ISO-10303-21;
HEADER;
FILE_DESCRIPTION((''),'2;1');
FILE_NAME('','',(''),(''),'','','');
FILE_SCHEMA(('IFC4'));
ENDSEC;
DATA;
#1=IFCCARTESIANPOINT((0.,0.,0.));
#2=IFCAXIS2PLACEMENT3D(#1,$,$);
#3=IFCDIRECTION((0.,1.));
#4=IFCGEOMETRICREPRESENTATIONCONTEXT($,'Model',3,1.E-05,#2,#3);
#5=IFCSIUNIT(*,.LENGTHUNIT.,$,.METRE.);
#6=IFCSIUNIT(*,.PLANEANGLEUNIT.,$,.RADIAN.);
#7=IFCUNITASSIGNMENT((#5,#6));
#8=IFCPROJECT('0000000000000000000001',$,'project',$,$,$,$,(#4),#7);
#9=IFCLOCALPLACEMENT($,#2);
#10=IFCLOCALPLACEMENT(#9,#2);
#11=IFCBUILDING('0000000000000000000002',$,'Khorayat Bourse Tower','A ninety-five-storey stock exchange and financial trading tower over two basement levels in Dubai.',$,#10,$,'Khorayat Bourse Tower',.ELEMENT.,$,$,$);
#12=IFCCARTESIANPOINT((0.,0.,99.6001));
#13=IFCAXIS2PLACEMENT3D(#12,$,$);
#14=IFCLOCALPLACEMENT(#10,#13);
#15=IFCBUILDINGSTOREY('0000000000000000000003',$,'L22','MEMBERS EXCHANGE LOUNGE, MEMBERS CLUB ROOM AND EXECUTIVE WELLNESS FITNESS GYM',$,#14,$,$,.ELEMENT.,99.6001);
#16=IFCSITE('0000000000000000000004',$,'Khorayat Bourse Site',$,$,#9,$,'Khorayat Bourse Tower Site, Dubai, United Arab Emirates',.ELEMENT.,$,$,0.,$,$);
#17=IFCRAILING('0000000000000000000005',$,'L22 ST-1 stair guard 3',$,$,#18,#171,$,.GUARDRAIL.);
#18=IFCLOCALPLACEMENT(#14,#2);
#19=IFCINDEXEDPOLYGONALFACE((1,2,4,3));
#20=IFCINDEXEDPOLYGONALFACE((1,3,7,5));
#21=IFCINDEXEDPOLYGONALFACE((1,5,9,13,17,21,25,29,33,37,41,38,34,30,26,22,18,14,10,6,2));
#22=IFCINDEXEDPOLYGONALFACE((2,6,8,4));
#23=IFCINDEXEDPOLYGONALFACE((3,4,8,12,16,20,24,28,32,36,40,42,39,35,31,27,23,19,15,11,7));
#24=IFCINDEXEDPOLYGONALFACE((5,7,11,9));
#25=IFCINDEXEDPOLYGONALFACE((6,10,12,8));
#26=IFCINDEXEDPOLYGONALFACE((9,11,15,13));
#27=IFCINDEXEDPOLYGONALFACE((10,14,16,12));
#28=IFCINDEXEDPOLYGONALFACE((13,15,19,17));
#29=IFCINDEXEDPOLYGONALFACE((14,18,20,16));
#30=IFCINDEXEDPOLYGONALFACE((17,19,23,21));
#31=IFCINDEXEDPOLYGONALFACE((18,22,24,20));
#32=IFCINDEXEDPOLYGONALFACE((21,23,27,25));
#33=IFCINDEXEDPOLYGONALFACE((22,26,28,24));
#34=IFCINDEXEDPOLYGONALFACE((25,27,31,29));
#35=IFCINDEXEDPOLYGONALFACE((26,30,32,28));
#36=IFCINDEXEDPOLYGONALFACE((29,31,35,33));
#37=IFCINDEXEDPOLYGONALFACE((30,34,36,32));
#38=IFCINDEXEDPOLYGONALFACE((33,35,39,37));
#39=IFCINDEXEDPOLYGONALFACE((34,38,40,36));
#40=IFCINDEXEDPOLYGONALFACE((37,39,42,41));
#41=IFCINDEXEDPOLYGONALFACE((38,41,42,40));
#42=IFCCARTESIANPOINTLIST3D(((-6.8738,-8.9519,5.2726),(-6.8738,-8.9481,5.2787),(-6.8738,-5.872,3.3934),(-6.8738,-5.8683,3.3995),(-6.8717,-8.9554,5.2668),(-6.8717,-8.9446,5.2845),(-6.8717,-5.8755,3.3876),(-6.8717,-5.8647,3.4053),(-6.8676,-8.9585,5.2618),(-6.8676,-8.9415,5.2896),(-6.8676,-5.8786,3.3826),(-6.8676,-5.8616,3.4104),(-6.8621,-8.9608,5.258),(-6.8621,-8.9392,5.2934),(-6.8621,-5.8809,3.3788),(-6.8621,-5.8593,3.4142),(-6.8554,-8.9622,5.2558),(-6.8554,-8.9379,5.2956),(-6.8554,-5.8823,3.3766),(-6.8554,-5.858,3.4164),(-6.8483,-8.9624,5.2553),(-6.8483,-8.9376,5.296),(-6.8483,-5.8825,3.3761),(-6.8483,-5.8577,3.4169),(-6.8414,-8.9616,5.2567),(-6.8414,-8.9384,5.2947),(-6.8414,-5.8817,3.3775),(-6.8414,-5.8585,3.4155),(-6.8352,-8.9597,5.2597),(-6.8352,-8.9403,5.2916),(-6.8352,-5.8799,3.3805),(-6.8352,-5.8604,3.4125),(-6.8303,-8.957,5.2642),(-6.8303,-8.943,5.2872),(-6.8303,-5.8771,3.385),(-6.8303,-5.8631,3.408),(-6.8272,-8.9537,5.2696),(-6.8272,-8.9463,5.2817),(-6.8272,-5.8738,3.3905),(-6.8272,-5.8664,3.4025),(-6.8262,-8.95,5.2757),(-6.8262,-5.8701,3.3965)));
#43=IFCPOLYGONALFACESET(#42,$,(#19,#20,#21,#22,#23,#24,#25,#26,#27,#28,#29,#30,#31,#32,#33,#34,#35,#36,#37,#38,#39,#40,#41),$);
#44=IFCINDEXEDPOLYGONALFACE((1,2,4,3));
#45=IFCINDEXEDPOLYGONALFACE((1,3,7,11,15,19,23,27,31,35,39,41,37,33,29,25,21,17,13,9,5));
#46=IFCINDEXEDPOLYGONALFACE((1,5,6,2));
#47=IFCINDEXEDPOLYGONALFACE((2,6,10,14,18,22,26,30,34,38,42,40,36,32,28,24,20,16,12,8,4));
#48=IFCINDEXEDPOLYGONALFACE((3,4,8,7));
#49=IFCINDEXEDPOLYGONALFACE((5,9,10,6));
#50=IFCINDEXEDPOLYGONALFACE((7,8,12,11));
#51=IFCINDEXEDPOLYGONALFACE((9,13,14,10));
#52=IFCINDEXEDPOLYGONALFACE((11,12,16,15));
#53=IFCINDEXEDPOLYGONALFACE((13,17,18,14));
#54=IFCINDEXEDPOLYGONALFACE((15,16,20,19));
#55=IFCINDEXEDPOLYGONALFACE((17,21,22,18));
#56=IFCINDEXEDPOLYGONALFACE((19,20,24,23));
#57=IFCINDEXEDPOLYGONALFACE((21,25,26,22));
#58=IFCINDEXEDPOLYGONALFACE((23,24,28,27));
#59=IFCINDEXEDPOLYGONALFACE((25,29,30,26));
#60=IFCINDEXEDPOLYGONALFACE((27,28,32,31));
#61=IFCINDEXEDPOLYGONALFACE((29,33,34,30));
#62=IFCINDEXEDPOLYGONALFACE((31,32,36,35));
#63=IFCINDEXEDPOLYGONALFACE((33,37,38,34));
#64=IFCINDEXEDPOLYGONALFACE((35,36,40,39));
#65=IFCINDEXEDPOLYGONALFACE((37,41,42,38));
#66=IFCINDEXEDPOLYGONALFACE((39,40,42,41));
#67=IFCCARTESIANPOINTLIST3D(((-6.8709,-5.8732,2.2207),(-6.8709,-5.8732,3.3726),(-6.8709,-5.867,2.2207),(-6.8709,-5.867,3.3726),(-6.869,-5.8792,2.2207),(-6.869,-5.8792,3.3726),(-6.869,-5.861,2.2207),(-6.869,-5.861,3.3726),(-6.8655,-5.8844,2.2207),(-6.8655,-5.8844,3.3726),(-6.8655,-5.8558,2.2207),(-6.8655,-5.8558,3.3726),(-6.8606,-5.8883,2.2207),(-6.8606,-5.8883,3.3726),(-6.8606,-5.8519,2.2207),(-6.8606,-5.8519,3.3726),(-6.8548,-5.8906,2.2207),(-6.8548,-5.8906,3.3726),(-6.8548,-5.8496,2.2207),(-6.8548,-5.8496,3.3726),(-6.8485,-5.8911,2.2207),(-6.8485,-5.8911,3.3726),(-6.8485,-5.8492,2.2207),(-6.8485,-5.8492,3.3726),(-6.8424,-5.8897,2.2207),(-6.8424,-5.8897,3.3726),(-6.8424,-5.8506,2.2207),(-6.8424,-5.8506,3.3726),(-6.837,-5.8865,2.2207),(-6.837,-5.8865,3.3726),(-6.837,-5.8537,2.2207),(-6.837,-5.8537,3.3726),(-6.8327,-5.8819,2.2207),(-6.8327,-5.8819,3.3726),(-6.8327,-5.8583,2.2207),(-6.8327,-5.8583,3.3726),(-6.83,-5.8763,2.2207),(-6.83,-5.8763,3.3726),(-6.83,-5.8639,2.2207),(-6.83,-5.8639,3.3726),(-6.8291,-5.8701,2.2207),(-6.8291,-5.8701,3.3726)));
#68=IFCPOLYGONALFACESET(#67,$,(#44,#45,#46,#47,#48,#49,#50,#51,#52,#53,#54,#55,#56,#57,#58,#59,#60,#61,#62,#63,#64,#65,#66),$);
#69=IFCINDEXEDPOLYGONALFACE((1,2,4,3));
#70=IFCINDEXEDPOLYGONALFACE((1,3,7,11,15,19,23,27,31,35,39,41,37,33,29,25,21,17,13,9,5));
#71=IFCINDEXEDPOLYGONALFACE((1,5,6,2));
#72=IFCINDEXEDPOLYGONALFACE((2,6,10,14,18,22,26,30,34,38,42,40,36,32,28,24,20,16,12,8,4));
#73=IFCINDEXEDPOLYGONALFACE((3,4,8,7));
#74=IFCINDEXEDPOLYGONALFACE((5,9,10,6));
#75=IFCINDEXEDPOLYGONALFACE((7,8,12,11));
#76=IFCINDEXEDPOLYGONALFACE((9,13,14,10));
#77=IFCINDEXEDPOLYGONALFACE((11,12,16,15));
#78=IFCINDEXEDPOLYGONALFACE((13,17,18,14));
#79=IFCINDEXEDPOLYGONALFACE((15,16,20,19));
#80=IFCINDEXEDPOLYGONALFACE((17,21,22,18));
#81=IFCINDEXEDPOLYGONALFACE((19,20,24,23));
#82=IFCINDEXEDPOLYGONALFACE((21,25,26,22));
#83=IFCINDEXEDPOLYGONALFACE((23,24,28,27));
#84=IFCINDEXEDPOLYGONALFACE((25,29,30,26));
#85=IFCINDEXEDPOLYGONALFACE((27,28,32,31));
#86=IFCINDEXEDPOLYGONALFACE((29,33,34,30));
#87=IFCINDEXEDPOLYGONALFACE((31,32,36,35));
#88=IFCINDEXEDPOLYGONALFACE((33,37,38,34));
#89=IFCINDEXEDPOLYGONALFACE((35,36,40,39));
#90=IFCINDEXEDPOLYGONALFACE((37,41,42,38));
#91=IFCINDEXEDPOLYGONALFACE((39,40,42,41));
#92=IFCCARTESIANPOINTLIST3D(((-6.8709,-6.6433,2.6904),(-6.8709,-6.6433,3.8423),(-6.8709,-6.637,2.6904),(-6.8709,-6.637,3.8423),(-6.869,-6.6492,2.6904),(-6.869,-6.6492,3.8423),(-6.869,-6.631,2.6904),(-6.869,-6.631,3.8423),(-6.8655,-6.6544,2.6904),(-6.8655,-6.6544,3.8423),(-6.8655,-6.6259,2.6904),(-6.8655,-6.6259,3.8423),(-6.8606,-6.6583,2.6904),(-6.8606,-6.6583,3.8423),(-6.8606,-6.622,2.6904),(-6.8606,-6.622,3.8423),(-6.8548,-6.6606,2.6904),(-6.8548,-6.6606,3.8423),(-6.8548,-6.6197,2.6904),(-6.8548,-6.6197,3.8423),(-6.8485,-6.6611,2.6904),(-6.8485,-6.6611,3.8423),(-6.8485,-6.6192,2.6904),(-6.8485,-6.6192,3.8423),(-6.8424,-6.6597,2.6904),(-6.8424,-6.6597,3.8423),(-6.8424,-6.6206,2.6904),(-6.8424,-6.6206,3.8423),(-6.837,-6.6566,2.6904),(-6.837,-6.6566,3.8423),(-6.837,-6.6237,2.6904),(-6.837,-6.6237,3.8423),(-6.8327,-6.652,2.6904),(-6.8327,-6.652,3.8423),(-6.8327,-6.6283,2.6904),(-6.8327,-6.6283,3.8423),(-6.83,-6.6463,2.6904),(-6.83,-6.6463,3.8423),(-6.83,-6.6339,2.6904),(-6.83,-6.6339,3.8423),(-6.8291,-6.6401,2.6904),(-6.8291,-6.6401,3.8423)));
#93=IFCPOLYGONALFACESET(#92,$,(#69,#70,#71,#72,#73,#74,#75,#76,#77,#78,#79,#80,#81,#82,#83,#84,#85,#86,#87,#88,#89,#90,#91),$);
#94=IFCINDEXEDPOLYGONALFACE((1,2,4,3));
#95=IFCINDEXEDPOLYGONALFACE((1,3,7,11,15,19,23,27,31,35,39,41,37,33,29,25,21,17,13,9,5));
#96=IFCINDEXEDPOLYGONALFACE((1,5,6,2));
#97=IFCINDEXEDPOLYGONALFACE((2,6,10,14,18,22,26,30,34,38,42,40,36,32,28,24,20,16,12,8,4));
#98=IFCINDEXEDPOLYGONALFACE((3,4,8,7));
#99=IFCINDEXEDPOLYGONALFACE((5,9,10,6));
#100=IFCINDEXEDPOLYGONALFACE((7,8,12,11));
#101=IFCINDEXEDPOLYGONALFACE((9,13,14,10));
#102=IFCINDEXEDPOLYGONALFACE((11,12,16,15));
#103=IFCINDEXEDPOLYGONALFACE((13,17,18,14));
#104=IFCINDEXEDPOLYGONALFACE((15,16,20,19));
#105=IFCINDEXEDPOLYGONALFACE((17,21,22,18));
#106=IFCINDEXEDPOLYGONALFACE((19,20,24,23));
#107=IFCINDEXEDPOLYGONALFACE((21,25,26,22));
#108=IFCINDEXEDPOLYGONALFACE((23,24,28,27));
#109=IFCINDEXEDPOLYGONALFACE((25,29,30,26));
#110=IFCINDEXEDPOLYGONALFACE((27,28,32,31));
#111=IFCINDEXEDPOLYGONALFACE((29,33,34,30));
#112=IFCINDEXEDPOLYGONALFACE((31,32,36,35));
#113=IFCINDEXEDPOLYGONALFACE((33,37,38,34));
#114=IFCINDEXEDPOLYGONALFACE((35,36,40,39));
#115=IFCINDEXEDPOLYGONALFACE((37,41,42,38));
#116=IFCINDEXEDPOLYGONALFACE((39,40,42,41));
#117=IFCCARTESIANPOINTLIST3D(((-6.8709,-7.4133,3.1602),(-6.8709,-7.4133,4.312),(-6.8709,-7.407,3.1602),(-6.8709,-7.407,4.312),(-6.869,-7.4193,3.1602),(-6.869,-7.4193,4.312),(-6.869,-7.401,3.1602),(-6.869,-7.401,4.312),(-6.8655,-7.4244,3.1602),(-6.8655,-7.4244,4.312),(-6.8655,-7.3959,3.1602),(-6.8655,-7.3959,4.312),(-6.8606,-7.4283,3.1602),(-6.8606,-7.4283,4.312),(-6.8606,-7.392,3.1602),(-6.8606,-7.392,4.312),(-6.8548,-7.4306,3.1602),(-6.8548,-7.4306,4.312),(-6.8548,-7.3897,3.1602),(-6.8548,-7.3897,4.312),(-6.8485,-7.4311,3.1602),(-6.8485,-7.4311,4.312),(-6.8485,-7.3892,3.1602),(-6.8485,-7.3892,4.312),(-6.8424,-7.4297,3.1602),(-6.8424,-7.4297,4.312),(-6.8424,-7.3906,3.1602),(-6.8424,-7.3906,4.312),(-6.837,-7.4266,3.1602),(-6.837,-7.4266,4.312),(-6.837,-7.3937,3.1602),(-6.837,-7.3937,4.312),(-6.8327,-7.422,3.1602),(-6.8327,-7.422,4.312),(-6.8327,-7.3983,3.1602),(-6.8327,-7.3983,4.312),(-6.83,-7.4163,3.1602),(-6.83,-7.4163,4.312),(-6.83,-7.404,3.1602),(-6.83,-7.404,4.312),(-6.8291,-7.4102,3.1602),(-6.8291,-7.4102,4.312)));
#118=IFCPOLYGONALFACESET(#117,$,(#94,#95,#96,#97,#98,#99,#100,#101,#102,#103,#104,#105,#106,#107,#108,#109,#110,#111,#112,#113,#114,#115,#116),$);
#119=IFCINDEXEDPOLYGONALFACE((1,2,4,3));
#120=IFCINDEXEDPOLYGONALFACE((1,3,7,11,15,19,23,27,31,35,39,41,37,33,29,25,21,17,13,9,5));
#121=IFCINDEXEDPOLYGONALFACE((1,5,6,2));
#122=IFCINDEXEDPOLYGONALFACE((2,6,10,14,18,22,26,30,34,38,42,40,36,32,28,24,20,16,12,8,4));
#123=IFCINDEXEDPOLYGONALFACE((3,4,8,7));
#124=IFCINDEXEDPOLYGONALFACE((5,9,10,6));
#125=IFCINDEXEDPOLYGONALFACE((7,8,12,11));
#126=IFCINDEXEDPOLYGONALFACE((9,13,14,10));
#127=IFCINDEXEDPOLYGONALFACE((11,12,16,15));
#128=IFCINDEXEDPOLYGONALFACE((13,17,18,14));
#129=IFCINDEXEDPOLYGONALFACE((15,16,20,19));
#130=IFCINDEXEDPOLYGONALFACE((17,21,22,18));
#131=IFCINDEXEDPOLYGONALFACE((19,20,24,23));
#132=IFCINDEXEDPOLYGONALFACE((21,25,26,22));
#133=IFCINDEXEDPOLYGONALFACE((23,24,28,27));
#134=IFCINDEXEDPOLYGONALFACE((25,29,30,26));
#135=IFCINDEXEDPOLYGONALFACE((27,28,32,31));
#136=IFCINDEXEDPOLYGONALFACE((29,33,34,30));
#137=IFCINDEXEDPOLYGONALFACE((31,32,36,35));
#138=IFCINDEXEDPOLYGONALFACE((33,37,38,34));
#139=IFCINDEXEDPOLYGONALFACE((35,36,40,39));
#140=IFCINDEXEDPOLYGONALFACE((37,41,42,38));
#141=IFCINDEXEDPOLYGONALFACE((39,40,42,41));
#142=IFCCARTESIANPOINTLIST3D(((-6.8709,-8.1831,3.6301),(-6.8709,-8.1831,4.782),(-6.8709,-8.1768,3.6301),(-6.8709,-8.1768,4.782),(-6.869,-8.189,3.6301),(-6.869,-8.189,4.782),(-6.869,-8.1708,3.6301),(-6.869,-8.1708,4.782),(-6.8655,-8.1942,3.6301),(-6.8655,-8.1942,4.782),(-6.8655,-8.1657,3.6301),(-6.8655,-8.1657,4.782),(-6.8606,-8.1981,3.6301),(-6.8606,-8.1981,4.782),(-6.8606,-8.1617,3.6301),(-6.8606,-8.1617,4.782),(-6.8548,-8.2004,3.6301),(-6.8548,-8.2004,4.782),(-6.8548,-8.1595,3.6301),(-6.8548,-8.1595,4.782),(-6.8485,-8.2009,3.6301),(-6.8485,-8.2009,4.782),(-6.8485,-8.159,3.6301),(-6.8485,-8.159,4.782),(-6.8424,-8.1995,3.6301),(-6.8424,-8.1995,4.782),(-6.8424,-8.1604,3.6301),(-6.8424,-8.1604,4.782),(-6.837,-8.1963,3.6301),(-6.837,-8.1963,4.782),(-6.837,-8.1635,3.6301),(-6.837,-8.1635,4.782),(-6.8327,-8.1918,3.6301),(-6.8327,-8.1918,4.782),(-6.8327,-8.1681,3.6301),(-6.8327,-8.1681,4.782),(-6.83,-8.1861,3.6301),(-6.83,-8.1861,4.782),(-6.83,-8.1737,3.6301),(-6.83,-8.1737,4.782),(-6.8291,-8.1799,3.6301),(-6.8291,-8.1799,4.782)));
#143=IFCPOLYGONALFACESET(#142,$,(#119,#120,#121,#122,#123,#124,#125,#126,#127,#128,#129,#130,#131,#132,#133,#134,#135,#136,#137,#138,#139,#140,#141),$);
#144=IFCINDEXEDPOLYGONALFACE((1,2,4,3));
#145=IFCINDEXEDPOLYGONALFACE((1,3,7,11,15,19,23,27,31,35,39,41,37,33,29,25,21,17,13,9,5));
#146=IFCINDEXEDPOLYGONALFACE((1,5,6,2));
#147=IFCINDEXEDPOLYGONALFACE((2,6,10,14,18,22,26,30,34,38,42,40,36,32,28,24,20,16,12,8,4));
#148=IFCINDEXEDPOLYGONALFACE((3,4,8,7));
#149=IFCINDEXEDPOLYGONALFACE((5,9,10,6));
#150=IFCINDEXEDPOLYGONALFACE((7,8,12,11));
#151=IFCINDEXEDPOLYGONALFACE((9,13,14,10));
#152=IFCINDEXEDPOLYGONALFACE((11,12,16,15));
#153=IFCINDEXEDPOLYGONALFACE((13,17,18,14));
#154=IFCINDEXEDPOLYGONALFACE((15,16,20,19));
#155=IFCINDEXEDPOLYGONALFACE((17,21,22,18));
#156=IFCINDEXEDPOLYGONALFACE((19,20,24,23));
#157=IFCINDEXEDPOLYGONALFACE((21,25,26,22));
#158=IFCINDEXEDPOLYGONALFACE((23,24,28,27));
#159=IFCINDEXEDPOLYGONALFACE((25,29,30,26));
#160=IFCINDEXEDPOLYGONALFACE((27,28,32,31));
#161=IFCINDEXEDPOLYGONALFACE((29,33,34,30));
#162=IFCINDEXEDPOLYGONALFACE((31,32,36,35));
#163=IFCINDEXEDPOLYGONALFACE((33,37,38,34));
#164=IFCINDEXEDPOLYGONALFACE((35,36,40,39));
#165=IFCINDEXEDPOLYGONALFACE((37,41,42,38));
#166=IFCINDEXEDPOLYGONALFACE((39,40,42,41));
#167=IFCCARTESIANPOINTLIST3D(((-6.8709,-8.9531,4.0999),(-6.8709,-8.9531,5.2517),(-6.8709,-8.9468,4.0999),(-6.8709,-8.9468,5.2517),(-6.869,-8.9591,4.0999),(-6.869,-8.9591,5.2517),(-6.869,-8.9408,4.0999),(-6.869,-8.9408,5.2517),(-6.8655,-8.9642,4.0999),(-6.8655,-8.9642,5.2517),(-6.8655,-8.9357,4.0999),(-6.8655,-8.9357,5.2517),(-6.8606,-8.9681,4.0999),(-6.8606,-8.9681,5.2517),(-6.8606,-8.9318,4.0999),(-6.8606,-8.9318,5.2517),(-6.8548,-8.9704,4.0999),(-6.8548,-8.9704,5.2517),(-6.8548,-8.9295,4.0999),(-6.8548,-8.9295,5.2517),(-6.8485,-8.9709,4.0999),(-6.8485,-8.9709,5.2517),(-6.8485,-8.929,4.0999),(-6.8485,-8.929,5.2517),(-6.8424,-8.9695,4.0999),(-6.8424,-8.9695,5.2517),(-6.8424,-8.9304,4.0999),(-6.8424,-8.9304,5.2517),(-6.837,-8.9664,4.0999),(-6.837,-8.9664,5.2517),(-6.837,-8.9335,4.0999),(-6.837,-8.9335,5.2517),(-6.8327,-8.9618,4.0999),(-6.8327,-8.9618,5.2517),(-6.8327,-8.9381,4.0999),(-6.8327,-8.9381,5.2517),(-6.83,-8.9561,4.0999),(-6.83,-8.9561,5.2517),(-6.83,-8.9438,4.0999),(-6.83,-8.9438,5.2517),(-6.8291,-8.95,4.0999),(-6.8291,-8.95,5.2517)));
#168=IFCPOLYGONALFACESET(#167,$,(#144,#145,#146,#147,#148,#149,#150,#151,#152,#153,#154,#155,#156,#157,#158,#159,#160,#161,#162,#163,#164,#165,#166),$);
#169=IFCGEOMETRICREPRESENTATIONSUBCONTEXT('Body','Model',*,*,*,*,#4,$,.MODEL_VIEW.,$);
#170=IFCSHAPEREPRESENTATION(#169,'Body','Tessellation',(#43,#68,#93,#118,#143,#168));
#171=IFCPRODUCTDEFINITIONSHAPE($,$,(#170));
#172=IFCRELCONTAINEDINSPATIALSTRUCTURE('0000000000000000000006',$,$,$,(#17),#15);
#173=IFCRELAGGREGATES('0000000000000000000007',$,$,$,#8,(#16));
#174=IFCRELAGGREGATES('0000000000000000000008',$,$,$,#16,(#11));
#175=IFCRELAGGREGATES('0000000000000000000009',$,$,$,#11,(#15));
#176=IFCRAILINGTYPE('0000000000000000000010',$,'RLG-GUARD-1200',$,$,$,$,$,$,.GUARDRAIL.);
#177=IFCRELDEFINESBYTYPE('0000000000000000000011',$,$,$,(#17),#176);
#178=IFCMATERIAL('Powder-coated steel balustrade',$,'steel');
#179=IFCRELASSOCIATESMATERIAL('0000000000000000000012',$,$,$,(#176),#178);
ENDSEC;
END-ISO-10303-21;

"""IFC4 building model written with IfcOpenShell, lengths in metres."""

from ifc_helpers import new_model, si_unit, direction, frame, origin, origin_2d, place, context, subcontext, project, spatial, circle, extrude, source, transform, mapped, material, type_object, element, save


model = new_model("IFC4")

# Units and contexts
model_context = context("Model", 3, precision=1e-05, world=origin(), true_north=direction((0.0, 1.0)))
body_context = subcontext(model_context, "Body", "Model", "MODEL_VIEW")
ifc_project = project(units=[si_unit("LENGTHUNIT", "METRE"), si_unit("PLANEANGLEUNIT", "RADIAN")], contexts=[model_context])

# Site, building, storey
site_placement = place(None, origin())
site = spatial("IfcSite", under=ifc_project, at=site_placement, Name="Khorayat Bourse Site", LongName="Khorayat Bourse Tower Site, Dubai, United Arab Emirates", CompositionType="ELEMENT", RefElevation=0.0)
building_placement = place(site_placement, origin())
building = spatial("IfcBuilding", under=site, at=building_placement, Name="Khorayat Bourse Tower", Description="A ninety-five-storey stock exchange and financial trading tower over two basement levels in Dubai.", LongName="Khorayat Bourse Tower", CompositionType="ELEMENT")
storey_placement = place(building_placement, frame((0.0, 0.0, 99.6001)))
storey = spatial("IfcBuildingStorey", under=building, at=storey_placement, Name="L22", Description="MEMBERS EXCHANGE LOUNGE, MEMBERS CLUB ROOM AND EXECUTIVE WELLNESS FITNESS GYM", CompositionType="ELEMENT", Elevation=99.6001)

# Railing
ifc_material_1 = material(Name="Powder-coated steel balustrade", Category="steel")
railing_type_1 = type_object("IfcRailingType", Name="RLG-GUARD-1200", PredefinedType="GUARDRAIL", material=ifc_material_1)
shared_shape_1 = source(origin(), body_context, "Body", "SweptSolid", [
    extrude(circle(Radius=0.0239, at=origin_2d()), frame((0.0, 0.0, 1.1758), z_axis=(0.0, -0.853648, 0.52085), x_axis=(1.0, 0.0, 0.0)), (0.0, 0.0, 1.0), 3.6079),
    extrude(circle(Radius=0.021, at=origin_2d()), origin(), (0.0, 0.0, 1.0), 1.1519),
    extrude(circle(Radius=0.021, at=origin_2d()), frame((0.0, -0.77, 0.4697)), (0.0, 0.0, 1.0), 1.1519),
    extrude(circle(Radius=0.021, at=origin_2d()), frame((0.0, -1.54, 0.9395)), (0.0, 0.0, 1.0), 1.1519),
    extrude(circle(Radius=0.021, at=origin_2d()), frame((0.0, -2.3098, 1.4094)), (0.0, 0.0, 1.0), 1.1519),
    extrude(circle(Radius=0.021, at=origin_2d()), frame((0.0, -3.0798, 1.8792)), (0.0, 0.0, 1.0), 1.1519),
])
railing_1_placement = place(storey_placement, frame((-6.8501, -5.8701, 2.2207)))
element("IfcRailing", 1, at=railing_1_placement, inside=storey, type_object=railing_type_1, Name="L22 ST-1 stair guard 3", PredefinedType="GUARDRAIL", context=body_context, shape_type="MappedRepresentation", body=[
    mapped(shared_shape_1, transform((0.0, 0.0, 0.0), scale=1.0)),
])

save(model, "model.ifc")
